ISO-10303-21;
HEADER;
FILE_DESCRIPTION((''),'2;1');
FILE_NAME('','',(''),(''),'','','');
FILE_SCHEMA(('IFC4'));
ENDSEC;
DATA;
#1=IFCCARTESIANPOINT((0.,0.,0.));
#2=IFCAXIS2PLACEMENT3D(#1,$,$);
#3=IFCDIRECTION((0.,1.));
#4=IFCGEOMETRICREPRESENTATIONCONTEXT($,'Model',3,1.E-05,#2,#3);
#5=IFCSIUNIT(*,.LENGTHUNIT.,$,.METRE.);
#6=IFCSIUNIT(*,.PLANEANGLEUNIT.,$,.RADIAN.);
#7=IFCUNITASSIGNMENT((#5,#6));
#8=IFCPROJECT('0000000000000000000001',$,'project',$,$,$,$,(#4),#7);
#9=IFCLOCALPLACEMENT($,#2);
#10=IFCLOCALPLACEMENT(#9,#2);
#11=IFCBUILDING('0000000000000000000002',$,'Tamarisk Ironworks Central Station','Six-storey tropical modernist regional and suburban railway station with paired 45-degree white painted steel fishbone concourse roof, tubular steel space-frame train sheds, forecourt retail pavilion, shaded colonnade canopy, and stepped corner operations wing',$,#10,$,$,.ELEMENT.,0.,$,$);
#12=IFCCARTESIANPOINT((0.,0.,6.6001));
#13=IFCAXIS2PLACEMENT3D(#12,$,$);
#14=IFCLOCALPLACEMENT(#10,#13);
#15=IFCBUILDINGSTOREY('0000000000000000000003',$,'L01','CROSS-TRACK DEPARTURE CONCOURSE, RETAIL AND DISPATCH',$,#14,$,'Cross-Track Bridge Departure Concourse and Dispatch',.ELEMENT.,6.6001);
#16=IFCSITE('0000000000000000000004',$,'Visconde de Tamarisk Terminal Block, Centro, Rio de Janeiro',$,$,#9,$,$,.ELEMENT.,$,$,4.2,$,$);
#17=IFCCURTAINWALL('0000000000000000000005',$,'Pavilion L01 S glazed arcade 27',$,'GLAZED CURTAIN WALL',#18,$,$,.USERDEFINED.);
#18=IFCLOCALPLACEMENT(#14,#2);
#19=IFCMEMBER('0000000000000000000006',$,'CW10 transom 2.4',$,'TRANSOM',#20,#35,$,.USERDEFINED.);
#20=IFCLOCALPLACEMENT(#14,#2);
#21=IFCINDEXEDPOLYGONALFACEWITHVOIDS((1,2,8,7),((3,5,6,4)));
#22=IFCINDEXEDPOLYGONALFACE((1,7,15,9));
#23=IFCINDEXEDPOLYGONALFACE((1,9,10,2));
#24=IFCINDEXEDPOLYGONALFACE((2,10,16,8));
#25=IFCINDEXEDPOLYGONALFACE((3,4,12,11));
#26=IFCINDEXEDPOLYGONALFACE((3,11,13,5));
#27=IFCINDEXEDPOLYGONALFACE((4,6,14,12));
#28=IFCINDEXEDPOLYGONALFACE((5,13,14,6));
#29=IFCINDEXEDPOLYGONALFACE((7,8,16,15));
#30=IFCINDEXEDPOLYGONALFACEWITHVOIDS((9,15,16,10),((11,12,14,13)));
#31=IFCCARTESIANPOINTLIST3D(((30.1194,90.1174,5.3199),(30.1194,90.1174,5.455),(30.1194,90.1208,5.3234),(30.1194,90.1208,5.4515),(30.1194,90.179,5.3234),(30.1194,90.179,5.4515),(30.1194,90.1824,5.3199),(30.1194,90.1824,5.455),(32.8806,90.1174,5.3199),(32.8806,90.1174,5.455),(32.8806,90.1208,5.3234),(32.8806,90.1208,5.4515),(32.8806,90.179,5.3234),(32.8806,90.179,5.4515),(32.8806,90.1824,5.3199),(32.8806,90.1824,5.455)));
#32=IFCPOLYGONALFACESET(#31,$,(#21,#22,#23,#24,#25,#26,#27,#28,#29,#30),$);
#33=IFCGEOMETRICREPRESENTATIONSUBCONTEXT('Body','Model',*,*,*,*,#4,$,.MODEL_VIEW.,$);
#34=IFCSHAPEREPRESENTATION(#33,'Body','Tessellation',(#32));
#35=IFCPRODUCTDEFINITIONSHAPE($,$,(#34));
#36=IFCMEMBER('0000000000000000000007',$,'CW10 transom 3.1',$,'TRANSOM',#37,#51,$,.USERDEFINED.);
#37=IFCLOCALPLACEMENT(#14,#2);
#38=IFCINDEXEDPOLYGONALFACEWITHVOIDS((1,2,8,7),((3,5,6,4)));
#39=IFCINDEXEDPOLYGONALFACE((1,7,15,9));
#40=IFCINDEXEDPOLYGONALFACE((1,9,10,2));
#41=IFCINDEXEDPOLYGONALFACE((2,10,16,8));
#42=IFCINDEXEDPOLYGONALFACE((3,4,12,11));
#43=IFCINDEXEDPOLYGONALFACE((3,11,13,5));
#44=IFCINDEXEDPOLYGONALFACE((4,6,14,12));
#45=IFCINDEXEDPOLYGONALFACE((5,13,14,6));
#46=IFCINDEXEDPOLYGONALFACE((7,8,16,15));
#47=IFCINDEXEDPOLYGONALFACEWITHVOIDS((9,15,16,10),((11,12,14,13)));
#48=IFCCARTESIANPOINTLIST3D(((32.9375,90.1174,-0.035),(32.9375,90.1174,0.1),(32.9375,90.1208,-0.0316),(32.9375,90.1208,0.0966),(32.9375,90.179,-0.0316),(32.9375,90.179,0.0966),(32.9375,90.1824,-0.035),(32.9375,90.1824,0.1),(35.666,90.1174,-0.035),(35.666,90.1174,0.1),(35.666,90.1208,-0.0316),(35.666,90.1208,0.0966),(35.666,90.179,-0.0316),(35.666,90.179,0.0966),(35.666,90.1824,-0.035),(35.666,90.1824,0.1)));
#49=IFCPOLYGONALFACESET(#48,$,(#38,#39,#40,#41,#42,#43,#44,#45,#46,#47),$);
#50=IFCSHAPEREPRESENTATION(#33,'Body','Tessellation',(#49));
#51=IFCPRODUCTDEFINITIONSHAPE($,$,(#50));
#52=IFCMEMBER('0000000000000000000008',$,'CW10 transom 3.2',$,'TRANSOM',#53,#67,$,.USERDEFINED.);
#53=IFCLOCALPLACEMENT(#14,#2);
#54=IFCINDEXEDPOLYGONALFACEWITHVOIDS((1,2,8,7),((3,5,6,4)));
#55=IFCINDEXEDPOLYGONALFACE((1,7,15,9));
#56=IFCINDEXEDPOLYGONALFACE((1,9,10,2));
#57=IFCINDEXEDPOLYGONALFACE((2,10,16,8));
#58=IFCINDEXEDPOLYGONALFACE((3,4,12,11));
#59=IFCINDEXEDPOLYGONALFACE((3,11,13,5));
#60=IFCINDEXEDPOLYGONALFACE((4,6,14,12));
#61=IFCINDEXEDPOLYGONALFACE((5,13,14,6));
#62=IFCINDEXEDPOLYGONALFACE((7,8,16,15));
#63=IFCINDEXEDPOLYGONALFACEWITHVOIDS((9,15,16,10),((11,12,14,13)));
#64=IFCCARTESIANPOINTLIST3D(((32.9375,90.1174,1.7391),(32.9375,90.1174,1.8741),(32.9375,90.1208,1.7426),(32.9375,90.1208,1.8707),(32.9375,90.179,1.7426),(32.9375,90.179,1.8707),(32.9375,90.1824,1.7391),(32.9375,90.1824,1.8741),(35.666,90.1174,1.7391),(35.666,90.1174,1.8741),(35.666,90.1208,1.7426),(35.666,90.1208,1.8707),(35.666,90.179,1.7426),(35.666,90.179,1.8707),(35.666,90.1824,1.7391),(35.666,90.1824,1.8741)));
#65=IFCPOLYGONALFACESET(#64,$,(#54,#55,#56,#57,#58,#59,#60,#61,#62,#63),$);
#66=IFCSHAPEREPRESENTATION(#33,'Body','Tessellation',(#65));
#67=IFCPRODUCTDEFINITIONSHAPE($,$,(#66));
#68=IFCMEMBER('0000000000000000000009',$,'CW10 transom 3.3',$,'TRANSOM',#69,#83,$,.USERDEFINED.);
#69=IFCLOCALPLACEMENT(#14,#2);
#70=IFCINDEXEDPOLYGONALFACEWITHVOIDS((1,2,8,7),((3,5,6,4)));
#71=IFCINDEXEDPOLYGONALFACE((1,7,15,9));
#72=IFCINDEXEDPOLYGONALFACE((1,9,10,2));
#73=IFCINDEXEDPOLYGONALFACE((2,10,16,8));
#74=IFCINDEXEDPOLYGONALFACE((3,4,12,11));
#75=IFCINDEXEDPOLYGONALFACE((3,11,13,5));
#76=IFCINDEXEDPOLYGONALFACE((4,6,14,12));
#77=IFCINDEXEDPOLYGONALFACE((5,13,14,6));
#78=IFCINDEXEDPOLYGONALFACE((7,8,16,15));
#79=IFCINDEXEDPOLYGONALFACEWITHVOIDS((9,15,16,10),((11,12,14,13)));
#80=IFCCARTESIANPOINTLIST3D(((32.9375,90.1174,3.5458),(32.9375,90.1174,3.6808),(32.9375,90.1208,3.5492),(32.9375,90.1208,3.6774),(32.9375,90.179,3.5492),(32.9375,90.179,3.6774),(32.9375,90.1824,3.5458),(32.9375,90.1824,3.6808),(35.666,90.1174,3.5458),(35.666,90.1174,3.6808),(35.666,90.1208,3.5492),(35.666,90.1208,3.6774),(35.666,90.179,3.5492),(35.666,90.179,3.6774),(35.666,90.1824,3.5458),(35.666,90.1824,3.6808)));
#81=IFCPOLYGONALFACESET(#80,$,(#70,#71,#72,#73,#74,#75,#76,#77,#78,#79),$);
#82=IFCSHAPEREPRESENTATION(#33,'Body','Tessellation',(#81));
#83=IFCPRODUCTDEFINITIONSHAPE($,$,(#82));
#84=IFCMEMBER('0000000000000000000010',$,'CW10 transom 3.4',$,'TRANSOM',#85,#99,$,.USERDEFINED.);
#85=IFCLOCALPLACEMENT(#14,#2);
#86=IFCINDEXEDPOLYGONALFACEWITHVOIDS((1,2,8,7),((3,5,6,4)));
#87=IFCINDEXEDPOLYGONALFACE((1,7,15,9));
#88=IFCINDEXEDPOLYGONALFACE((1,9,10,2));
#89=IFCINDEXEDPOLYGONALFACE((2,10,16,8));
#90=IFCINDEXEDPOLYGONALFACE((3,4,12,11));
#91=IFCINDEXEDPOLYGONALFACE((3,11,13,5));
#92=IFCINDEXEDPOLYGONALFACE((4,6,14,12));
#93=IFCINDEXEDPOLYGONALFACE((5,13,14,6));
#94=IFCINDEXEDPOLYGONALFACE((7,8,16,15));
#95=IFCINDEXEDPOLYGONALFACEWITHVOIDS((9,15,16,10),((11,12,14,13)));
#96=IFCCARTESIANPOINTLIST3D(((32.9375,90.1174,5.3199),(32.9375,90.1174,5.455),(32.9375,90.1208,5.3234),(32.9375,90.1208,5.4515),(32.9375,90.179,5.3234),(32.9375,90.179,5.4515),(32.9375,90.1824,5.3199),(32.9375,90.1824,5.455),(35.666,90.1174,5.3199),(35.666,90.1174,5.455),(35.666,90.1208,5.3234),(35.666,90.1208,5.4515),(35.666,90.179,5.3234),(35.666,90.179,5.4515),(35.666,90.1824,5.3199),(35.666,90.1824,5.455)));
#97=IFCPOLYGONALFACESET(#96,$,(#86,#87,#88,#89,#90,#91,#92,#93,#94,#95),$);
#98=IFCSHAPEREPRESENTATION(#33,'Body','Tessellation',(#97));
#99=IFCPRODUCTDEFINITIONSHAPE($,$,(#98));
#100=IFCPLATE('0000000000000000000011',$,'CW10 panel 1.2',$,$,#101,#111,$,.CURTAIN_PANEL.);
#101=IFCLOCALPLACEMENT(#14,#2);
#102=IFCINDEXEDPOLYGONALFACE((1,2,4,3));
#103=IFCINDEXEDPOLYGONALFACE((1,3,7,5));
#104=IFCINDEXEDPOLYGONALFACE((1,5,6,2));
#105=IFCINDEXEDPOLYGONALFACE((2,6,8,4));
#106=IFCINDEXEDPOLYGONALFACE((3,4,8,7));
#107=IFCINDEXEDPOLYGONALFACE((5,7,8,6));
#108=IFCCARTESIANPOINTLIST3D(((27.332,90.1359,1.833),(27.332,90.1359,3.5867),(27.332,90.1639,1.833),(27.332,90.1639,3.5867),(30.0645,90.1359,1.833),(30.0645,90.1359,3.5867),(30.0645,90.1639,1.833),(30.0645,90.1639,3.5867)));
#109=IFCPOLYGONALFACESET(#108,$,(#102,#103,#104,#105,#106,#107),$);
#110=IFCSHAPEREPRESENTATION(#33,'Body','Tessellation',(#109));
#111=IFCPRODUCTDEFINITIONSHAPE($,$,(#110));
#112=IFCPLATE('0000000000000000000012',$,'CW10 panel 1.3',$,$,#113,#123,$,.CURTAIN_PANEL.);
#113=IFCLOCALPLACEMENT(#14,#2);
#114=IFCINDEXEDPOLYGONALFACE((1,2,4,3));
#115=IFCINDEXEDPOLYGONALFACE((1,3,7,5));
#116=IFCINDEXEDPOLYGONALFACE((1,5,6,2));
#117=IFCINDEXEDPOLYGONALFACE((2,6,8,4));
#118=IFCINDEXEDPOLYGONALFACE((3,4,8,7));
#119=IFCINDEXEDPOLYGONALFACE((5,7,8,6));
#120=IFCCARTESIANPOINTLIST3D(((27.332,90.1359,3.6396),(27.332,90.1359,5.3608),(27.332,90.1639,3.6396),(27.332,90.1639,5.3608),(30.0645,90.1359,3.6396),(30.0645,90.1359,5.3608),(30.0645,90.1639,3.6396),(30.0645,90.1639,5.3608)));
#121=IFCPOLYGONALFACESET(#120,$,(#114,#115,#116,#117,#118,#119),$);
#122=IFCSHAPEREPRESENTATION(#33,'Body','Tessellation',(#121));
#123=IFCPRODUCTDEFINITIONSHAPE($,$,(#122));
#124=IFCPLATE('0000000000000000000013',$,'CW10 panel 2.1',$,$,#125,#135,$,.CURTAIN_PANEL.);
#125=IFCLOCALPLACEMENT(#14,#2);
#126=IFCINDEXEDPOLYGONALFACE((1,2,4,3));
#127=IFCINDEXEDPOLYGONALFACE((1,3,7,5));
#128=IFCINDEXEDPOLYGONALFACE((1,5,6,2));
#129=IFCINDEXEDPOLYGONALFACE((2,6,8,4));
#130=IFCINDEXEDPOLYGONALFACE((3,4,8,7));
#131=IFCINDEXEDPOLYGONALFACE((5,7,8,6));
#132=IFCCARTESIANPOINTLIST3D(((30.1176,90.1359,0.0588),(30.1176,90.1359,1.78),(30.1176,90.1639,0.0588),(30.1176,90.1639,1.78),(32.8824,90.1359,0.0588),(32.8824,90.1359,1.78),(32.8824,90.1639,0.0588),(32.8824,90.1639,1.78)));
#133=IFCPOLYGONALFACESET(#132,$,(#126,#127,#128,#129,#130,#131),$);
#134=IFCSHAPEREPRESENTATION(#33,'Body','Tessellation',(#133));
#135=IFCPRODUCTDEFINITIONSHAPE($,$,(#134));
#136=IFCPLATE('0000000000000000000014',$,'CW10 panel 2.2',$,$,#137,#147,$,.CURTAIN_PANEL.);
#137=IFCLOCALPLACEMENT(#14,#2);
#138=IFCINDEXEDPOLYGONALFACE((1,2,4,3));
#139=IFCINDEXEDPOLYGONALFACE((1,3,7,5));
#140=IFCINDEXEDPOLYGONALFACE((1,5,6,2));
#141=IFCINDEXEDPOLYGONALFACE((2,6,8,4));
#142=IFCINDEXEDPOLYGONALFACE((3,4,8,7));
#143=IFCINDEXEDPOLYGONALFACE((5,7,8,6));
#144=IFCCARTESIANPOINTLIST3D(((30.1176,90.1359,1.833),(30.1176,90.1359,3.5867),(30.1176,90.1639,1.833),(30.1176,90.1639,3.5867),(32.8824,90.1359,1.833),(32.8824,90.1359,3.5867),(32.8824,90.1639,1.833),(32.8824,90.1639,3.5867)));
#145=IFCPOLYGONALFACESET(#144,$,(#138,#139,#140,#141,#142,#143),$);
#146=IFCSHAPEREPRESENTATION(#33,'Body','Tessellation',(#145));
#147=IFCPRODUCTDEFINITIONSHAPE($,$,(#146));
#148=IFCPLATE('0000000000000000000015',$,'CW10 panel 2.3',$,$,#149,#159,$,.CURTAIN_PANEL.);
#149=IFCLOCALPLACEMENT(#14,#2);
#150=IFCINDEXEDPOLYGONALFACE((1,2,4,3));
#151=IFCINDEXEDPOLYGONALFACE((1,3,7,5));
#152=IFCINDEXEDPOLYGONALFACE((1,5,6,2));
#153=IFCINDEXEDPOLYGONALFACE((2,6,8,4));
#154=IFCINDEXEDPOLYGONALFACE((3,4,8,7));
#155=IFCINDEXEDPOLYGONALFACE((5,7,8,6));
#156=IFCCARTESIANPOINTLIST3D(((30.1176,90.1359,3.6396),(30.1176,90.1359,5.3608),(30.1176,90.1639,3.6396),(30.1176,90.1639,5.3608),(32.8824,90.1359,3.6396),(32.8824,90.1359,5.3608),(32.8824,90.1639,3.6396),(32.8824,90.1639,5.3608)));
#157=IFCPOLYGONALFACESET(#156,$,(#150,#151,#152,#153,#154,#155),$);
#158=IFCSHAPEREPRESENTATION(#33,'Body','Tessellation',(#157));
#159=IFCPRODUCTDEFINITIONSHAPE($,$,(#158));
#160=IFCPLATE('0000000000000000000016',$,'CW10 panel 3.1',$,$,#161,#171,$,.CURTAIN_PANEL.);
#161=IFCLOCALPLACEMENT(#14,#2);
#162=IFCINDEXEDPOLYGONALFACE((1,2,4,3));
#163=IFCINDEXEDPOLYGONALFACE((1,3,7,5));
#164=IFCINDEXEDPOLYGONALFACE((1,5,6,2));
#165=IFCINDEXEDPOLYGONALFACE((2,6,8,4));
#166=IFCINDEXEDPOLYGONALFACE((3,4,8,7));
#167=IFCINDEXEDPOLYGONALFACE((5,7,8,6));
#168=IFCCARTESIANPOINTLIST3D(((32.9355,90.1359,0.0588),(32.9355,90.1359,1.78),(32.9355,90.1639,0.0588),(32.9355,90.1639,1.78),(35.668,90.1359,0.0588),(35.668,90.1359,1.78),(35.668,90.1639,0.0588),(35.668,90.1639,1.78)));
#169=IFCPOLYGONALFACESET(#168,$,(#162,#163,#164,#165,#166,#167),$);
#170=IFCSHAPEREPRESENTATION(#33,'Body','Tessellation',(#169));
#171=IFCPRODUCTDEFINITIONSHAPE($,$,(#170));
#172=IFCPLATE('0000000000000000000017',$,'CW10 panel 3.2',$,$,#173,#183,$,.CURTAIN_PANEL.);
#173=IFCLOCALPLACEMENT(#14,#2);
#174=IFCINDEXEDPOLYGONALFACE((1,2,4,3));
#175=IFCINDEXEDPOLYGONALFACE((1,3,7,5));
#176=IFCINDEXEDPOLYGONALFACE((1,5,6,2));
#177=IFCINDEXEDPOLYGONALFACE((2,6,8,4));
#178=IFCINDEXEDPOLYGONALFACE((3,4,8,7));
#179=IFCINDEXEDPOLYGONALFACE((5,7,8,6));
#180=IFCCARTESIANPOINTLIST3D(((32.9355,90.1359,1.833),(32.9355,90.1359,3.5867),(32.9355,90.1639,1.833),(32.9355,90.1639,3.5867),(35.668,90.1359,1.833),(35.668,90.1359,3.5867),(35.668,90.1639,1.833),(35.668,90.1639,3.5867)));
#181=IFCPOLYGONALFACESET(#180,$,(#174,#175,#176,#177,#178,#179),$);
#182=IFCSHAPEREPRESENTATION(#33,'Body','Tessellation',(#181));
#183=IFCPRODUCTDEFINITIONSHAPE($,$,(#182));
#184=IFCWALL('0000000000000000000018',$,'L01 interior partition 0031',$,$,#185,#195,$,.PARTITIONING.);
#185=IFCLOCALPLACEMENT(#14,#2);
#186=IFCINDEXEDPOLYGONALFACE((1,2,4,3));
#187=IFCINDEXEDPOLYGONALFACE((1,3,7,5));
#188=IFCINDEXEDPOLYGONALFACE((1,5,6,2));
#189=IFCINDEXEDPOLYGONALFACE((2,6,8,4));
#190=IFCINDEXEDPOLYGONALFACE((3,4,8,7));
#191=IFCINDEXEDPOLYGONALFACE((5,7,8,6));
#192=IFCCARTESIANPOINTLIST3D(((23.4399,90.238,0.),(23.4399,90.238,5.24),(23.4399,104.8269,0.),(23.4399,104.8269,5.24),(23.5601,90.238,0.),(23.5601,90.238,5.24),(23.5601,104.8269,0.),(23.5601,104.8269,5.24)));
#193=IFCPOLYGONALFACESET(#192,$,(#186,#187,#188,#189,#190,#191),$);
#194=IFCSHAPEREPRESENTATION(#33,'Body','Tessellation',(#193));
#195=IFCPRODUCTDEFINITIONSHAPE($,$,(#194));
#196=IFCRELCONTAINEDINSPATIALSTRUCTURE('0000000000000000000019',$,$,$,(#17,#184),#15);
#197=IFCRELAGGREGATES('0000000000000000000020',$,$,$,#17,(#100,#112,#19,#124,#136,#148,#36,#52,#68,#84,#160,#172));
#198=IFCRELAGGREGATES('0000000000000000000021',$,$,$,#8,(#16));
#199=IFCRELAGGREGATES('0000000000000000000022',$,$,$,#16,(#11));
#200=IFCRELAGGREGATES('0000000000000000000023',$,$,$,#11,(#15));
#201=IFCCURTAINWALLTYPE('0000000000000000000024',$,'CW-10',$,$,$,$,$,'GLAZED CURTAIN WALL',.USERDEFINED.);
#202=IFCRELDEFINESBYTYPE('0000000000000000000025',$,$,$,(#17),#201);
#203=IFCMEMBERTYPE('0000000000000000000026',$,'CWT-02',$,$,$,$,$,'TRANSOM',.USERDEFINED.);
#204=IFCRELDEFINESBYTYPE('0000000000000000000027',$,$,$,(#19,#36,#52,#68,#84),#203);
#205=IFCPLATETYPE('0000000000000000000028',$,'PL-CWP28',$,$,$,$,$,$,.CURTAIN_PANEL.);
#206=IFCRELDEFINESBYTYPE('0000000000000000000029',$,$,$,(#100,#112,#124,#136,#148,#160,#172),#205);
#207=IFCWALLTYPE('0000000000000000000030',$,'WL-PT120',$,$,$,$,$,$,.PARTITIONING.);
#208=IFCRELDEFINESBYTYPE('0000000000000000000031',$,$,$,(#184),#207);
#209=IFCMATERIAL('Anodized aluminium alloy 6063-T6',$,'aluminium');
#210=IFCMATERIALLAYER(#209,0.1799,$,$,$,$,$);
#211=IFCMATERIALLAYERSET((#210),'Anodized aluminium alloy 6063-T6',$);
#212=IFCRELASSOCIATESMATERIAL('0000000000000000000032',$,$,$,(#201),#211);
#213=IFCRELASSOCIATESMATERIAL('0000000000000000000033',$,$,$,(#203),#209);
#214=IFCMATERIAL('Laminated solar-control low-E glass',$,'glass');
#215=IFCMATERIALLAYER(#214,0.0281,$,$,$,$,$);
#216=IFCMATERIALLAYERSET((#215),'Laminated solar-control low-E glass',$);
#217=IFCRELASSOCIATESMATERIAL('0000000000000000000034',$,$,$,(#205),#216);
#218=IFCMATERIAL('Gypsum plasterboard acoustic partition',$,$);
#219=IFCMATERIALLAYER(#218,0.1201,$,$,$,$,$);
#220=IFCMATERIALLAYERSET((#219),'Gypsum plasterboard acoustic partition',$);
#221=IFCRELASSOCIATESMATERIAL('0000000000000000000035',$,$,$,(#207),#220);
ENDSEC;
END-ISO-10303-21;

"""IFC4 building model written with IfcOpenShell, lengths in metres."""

from ifc_helpers import new_model, si_unit, direction, frame, frame_2d, origin, origin_2d, place, context, subcontext, project, spatial, rectangle, hollow_rectangle, extrude, material, layer, layer_set, material_profile, profile_set, type_object, element, aggregate, save


model = new_model("IFC4")

# Units and contexts
model_context = context("Model", 3, precision=1e-05, world=origin(), true_north=direction((0.0, 1.0)))
body_context = subcontext(model_context, "Body", "Model", "MODEL_VIEW")
ifc_project = project(units=[si_unit("LENGTHUNIT", "METRE"), si_unit("PLANEANGLEUNIT", "RADIAN")], contexts=[model_context])

# Site, building, storey
site_placement = place(None, origin())
site = spatial("IfcSite", under=ifc_project, at=site_placement, Name="Visconde de Tamarisk Terminal Block, Centro, Rio de Janeiro", CompositionType="ELEMENT", RefElevation=4.2)
building_placement = place(site_placement, origin())
building = spatial("IfcBuilding", under=site, at=building_placement, Name="Tamarisk Ironworks Central Station", Description="Six-storey tropical modernist regional and suburban railway station with paired 45-degree white painted steel fishbone concourse roof, tubular steel space-frame train sheds, forecourt retail pavilion, shaded colonnade canopy, and stepped corner operations wing", CompositionType="ELEMENT", ElevationOfRefHeight=0.0)
storey_placement = place(building_placement, frame((0.0, 0.0, 6.6001)))
storey = spatial("IfcBuildingStorey", under=building, at=storey_placement, Name="L01", Description="CROSS-TRACK DEPARTURE CONCOURSE, RETAIL AND DISPATCH", LongName="Cross-Track Bridge Departure Concourse and Dispatch", CompositionType="ELEMENT", Elevation=6.6001)

# Curtain wall, members, plates
ifc_material_1 = material(Name="Anodized aluminium alloy 6063-T6", Category="aluminium")
ifc_layer_1 = layer(ifc_material_1, 0.1799)
ifc_layer_set_1 = layer_set([ifc_layer_1], Name="Anodized aluminium alloy 6063-T6")
curtain_wall_type = type_object("IfcCurtainWallType", Name="CW-10", ElementType="GLAZED CURTAIN WALL", PredefinedType="USERDEFINED", material=ifc_layer_set_1)
curtain_wall_placement = place(storey_placement, origin())
curtain_wall = element("IfcCurtainWall", 1, at=curtain_wall_placement, inside=storey, type_object=curtain_wall_type, Name="Pavilion L01 S glazed arcade 27", ObjectType="GLAZED CURTAIN WALL", PredefinedType="USERDEFINED")
ifc_material_profile_1 = material_profile(ifc_material_1, hollow_rectangle(XDim=0.0649, YDim=0.135, WallThickness=0.0034, at=origin_2d()), Name="ALUM 135x65")
ifc_profile_set_1 = profile_set([ifc_material_profile_1], Name="Anodized aluminium alloy 6063-T6")
member_type_1 = type_object("IfcMemberType", Name="CWT-02", ElementType="TRANSOM", PredefinedType="USERDEFINED", material=ifc_profile_set_1)
member_1_placement = place(storey_placement, frame((30.1194, 90.1499, 5.3875), z_axis=(1.0, 0.0, 0.0), x_axis=(0.0, 1.0, 0.0)))
member_1 = element("IfcMember", 2, at=member_1_placement, type_object=member_type_1, Name="CW10 transom 2.4", ObjectType="TRANSOM", PredefinedType="USERDEFINED", context=body_context, shape_type="SweptSolid", body=[
    extrude(hollow_rectangle(XDim=0.0649, YDim=0.135, WallThickness=0.0034, at=origin_2d()), origin(), (0.0, 0.0, 1.0), 2.7612),
])
member_2_placement = place(storey_placement, frame((32.9375, 90.1499, 0.0325), z_axis=(1.0, 0.0, 0.0), x_axis=(0.0, 1.0, 0.0)))
member_2 = element("IfcMember", 3, at=member_2_placement, type_object=member_type_1, Name="CW10 transom 3.1", ObjectType="TRANSOM", PredefinedType="USERDEFINED", context=body_context, shape_type="SweptSolid", body=[
    extrude(hollow_rectangle(XDim=0.0649, YDim=0.135, WallThickness=0.0034, at=origin_2d()), origin(), (0.0, 0.0, 1.0), 2.7285),
])
member_3_placement = place(storey_placement, frame((32.9375, 90.1499, 1.8066), z_axis=(1.0, 0.0, 0.0), x_axis=(0.0, 1.0, 0.0)))
member_3 = element("IfcMember", 4, at=member_3_placement, type_object=member_type_1, Name="CW10 transom 3.2", ObjectType="TRANSOM", PredefinedType="USERDEFINED", context=body_context, shape_type="SweptSolid", body=[
    extrude(hollow_rectangle(XDim=0.0649, YDim=0.135, WallThickness=0.0034, at=origin_2d()), origin(), (0.0, 0.0, 1.0), 2.7285),
])
member_4_placement = place(storey_placement, frame((32.9375, 90.1499, 3.6133), z_axis=(1.0, 0.0, 0.0), x_axis=(0.0, 1.0, 0.0)))
member_4 = element("IfcMember", 5, at=member_4_placement, type_object=member_type_1, Name="CW10 transom 3.3", ObjectType="TRANSOM", PredefinedType="USERDEFINED", context=body_context, shape_type="SweptSolid", body=[
    extrude(hollow_rectangle(XDim=0.0649, YDim=0.135, WallThickness=0.0034, at=origin_2d()), origin(), (0.0, 0.0, 1.0), 2.7285),
])
member_5_placement = place(storey_placement, frame((32.9375, 90.1499, 5.3875), z_axis=(1.0, 0.0, 0.0), x_axis=(0.0, 1.0, 0.0)))
member_5 = element("IfcMember", 6, at=member_5_placement, type_object=member_type_1, Name="CW10 transom 3.4", ObjectType="TRANSOM", PredefinedType="USERDEFINED", context=body_context, shape_type="SweptSolid", body=[
    extrude(hollow_rectangle(XDim=0.0649, YDim=0.135, WallThickness=0.0034, at=origin_2d()), origin(), (0.0, 0.0, 1.0), 2.7285),
])
ifc_material_2 = material(Name="Laminated solar-control low-E glass", Category="glass")
ifc_layer_2 = layer(ifc_material_2, 0.0281)
ifc_layer_set_2 = layer_set([ifc_layer_2], Name="Laminated solar-control low-E glass")
plate_type = type_object("IfcPlateType", Name="PL-CWP28", PredefinedType="CURTAIN_PANEL", material=ifc_layer_set_2)
plate_1_placement = place(storey_placement, frame((28.6982, 90.1499, 1.833), z_axis=(0.0, 0.0, 1.0), x_axis=(1.0, 0.0, 0.0)))
plate_1 = element("IfcPlate", 7, at=plate_1_placement, type_object=plate_type, Name="CW10 panel 1.2", PredefinedType="CURTAIN_PANEL", context=body_context, shape_type="SweptSolid", body=[
    extrude(rectangle(XDim=2.7324, YDim=0.0281, at=origin_2d()), origin(), (0.0, 0.0, 1.0), 1.7537),
])
plate_2_placement = place(storey_placement, frame((28.6982, 90.1499, 3.6396), z_axis=(0.0, 0.0, 1.0), x_axis=(1.0, 0.0, 0.0)))
plate_2 = element("IfcPlate", 8, at=plate_2_placement, type_object=plate_type, Name="CW10 panel 1.3", PredefinedType="CURTAIN_PANEL", context=body_context, shape_type="SweptSolid", body=[
    extrude(rectangle(XDim=2.7324, YDim=0.0281, at=origin_2d()), origin(), (0.0, 0.0, 1.0), 1.7212),
])
plate_3_placement = place(storey_placement, frame((31.5, 90.1499, 0.0588), z_axis=(0.0, 0.0, 1.0), x_axis=(1.0, 0.0, 0.0)))
plate_3 = element("IfcPlate", 9, at=plate_3_placement, type_object=plate_type, Name="CW10 panel 2.1", PredefinedType="CURTAIN_PANEL", context=body_context, shape_type="SweptSolid", body=[
    extrude(rectangle(XDim=2.7649, YDim=0.0281, at=origin_2d()), origin(), (0.0, 0.0, 1.0), 1.7212),
])
plate_4_placement = place(storey_placement, frame((31.5, 90.1499, 1.833), z_axis=(0.0, 0.0, 1.0), x_axis=(1.0, 0.0, 0.0)))
plate_4 = element("IfcPlate", 10, at=plate_4_placement, type_object=plate_type, Name="CW10 panel 2.2", PredefinedType="CURTAIN_PANEL", context=body_context, shape_type="SweptSolid", body=[
    extrude(rectangle(XDim=2.7649, YDim=0.0281, at=origin_2d()), origin(), (0.0, 0.0, 1.0), 1.7537),
])
plate_5_placement = place(storey_placement, frame((31.5, 90.1499, 3.6396), z_axis=(0.0, 0.0, 1.0), x_axis=(1.0, 0.0, 0.0)))
plate_5 = element("IfcPlate", 11, at=plate_5_placement, type_object=plate_type, Name="CW10 panel 2.3", PredefinedType="CURTAIN_PANEL", context=body_context, shape_type="SweptSolid", body=[
    extrude(rectangle(XDim=2.7649, YDim=0.0281, at=origin_2d()), origin(), (0.0, 0.0, 1.0), 1.7212),
])
plate_6_placement = place(storey_placement, frame((34.3018, 90.1499, 0.0588), z_axis=(0.0, 0.0, 1.0), x_axis=(1.0, 0.0, 0.0)))
plate_6 = element("IfcPlate", 12, at=plate_6_placement, type_object=plate_type, Name="CW10 panel 3.1", PredefinedType="CURTAIN_PANEL", context=body_context, shape_type="SweptSolid", body=[
    extrude(rectangle(XDim=2.7324, YDim=0.0281, at=origin_2d()), origin(), (0.0, 0.0, 1.0), 1.7212),
])
plate_7_placement = place(storey_placement, frame((34.3018, 90.1499, 1.833), z_axis=(0.0, 0.0, 1.0), x_axis=(1.0, 0.0, 0.0)))
plate_7 = element("IfcPlate", 13, at=plate_7_placement, type_object=plate_type, Name="CW10 panel 3.2", PredefinedType="CURTAIN_PANEL", context=body_context, shape_type="SweptSolid", body=[
    extrude(rectangle(XDim=2.7324, YDim=0.0281, at=origin_2d()), origin(), (0.0, 0.0, 1.0), 1.7537),
])
aggregate(curtain_wall, [plate_1, plate_2, member_1, plate_3, plate_4, plate_5, member_2, member_3, member_4, member_5, plate_6, plate_7])

# Wall
ifc_material_3 = material(Name="Gypsum plasterboard acoustic partition")
ifc_layer_3 = layer(ifc_material_3, 0.1201)
ifc_layer_set_3 = layer_set([ifc_layer_3], Name="Gypsum plasterboard acoustic partition")
wall_type_1 = type_object("IfcWallType", Name="WL-PT120", PredefinedType="PARTITIONING", material=ifc_layer_set_3)
wall_1_placement = place(storey_placement, frame((23.5, 90.238, 0.0), z_axis=(0.0, 0.0, 1.0), x_axis=(0.0, 1.0, 0.0)))
element("IfcWall", 14, at=wall_1_placement, inside=storey, type_object=wall_type_1, Name="L01 interior partition 0031", PredefinedType="PARTITIONING", context=body_context, shape_type="SweptSolid", body=[
    extrude(rectangle(XDim=14.5889, YDim=0.1201, at=frame_2d((7.2944, 0.0))), origin(), (0.0, 0.0, 1.0), 5.24),
])

save(model, "model.ifc")
